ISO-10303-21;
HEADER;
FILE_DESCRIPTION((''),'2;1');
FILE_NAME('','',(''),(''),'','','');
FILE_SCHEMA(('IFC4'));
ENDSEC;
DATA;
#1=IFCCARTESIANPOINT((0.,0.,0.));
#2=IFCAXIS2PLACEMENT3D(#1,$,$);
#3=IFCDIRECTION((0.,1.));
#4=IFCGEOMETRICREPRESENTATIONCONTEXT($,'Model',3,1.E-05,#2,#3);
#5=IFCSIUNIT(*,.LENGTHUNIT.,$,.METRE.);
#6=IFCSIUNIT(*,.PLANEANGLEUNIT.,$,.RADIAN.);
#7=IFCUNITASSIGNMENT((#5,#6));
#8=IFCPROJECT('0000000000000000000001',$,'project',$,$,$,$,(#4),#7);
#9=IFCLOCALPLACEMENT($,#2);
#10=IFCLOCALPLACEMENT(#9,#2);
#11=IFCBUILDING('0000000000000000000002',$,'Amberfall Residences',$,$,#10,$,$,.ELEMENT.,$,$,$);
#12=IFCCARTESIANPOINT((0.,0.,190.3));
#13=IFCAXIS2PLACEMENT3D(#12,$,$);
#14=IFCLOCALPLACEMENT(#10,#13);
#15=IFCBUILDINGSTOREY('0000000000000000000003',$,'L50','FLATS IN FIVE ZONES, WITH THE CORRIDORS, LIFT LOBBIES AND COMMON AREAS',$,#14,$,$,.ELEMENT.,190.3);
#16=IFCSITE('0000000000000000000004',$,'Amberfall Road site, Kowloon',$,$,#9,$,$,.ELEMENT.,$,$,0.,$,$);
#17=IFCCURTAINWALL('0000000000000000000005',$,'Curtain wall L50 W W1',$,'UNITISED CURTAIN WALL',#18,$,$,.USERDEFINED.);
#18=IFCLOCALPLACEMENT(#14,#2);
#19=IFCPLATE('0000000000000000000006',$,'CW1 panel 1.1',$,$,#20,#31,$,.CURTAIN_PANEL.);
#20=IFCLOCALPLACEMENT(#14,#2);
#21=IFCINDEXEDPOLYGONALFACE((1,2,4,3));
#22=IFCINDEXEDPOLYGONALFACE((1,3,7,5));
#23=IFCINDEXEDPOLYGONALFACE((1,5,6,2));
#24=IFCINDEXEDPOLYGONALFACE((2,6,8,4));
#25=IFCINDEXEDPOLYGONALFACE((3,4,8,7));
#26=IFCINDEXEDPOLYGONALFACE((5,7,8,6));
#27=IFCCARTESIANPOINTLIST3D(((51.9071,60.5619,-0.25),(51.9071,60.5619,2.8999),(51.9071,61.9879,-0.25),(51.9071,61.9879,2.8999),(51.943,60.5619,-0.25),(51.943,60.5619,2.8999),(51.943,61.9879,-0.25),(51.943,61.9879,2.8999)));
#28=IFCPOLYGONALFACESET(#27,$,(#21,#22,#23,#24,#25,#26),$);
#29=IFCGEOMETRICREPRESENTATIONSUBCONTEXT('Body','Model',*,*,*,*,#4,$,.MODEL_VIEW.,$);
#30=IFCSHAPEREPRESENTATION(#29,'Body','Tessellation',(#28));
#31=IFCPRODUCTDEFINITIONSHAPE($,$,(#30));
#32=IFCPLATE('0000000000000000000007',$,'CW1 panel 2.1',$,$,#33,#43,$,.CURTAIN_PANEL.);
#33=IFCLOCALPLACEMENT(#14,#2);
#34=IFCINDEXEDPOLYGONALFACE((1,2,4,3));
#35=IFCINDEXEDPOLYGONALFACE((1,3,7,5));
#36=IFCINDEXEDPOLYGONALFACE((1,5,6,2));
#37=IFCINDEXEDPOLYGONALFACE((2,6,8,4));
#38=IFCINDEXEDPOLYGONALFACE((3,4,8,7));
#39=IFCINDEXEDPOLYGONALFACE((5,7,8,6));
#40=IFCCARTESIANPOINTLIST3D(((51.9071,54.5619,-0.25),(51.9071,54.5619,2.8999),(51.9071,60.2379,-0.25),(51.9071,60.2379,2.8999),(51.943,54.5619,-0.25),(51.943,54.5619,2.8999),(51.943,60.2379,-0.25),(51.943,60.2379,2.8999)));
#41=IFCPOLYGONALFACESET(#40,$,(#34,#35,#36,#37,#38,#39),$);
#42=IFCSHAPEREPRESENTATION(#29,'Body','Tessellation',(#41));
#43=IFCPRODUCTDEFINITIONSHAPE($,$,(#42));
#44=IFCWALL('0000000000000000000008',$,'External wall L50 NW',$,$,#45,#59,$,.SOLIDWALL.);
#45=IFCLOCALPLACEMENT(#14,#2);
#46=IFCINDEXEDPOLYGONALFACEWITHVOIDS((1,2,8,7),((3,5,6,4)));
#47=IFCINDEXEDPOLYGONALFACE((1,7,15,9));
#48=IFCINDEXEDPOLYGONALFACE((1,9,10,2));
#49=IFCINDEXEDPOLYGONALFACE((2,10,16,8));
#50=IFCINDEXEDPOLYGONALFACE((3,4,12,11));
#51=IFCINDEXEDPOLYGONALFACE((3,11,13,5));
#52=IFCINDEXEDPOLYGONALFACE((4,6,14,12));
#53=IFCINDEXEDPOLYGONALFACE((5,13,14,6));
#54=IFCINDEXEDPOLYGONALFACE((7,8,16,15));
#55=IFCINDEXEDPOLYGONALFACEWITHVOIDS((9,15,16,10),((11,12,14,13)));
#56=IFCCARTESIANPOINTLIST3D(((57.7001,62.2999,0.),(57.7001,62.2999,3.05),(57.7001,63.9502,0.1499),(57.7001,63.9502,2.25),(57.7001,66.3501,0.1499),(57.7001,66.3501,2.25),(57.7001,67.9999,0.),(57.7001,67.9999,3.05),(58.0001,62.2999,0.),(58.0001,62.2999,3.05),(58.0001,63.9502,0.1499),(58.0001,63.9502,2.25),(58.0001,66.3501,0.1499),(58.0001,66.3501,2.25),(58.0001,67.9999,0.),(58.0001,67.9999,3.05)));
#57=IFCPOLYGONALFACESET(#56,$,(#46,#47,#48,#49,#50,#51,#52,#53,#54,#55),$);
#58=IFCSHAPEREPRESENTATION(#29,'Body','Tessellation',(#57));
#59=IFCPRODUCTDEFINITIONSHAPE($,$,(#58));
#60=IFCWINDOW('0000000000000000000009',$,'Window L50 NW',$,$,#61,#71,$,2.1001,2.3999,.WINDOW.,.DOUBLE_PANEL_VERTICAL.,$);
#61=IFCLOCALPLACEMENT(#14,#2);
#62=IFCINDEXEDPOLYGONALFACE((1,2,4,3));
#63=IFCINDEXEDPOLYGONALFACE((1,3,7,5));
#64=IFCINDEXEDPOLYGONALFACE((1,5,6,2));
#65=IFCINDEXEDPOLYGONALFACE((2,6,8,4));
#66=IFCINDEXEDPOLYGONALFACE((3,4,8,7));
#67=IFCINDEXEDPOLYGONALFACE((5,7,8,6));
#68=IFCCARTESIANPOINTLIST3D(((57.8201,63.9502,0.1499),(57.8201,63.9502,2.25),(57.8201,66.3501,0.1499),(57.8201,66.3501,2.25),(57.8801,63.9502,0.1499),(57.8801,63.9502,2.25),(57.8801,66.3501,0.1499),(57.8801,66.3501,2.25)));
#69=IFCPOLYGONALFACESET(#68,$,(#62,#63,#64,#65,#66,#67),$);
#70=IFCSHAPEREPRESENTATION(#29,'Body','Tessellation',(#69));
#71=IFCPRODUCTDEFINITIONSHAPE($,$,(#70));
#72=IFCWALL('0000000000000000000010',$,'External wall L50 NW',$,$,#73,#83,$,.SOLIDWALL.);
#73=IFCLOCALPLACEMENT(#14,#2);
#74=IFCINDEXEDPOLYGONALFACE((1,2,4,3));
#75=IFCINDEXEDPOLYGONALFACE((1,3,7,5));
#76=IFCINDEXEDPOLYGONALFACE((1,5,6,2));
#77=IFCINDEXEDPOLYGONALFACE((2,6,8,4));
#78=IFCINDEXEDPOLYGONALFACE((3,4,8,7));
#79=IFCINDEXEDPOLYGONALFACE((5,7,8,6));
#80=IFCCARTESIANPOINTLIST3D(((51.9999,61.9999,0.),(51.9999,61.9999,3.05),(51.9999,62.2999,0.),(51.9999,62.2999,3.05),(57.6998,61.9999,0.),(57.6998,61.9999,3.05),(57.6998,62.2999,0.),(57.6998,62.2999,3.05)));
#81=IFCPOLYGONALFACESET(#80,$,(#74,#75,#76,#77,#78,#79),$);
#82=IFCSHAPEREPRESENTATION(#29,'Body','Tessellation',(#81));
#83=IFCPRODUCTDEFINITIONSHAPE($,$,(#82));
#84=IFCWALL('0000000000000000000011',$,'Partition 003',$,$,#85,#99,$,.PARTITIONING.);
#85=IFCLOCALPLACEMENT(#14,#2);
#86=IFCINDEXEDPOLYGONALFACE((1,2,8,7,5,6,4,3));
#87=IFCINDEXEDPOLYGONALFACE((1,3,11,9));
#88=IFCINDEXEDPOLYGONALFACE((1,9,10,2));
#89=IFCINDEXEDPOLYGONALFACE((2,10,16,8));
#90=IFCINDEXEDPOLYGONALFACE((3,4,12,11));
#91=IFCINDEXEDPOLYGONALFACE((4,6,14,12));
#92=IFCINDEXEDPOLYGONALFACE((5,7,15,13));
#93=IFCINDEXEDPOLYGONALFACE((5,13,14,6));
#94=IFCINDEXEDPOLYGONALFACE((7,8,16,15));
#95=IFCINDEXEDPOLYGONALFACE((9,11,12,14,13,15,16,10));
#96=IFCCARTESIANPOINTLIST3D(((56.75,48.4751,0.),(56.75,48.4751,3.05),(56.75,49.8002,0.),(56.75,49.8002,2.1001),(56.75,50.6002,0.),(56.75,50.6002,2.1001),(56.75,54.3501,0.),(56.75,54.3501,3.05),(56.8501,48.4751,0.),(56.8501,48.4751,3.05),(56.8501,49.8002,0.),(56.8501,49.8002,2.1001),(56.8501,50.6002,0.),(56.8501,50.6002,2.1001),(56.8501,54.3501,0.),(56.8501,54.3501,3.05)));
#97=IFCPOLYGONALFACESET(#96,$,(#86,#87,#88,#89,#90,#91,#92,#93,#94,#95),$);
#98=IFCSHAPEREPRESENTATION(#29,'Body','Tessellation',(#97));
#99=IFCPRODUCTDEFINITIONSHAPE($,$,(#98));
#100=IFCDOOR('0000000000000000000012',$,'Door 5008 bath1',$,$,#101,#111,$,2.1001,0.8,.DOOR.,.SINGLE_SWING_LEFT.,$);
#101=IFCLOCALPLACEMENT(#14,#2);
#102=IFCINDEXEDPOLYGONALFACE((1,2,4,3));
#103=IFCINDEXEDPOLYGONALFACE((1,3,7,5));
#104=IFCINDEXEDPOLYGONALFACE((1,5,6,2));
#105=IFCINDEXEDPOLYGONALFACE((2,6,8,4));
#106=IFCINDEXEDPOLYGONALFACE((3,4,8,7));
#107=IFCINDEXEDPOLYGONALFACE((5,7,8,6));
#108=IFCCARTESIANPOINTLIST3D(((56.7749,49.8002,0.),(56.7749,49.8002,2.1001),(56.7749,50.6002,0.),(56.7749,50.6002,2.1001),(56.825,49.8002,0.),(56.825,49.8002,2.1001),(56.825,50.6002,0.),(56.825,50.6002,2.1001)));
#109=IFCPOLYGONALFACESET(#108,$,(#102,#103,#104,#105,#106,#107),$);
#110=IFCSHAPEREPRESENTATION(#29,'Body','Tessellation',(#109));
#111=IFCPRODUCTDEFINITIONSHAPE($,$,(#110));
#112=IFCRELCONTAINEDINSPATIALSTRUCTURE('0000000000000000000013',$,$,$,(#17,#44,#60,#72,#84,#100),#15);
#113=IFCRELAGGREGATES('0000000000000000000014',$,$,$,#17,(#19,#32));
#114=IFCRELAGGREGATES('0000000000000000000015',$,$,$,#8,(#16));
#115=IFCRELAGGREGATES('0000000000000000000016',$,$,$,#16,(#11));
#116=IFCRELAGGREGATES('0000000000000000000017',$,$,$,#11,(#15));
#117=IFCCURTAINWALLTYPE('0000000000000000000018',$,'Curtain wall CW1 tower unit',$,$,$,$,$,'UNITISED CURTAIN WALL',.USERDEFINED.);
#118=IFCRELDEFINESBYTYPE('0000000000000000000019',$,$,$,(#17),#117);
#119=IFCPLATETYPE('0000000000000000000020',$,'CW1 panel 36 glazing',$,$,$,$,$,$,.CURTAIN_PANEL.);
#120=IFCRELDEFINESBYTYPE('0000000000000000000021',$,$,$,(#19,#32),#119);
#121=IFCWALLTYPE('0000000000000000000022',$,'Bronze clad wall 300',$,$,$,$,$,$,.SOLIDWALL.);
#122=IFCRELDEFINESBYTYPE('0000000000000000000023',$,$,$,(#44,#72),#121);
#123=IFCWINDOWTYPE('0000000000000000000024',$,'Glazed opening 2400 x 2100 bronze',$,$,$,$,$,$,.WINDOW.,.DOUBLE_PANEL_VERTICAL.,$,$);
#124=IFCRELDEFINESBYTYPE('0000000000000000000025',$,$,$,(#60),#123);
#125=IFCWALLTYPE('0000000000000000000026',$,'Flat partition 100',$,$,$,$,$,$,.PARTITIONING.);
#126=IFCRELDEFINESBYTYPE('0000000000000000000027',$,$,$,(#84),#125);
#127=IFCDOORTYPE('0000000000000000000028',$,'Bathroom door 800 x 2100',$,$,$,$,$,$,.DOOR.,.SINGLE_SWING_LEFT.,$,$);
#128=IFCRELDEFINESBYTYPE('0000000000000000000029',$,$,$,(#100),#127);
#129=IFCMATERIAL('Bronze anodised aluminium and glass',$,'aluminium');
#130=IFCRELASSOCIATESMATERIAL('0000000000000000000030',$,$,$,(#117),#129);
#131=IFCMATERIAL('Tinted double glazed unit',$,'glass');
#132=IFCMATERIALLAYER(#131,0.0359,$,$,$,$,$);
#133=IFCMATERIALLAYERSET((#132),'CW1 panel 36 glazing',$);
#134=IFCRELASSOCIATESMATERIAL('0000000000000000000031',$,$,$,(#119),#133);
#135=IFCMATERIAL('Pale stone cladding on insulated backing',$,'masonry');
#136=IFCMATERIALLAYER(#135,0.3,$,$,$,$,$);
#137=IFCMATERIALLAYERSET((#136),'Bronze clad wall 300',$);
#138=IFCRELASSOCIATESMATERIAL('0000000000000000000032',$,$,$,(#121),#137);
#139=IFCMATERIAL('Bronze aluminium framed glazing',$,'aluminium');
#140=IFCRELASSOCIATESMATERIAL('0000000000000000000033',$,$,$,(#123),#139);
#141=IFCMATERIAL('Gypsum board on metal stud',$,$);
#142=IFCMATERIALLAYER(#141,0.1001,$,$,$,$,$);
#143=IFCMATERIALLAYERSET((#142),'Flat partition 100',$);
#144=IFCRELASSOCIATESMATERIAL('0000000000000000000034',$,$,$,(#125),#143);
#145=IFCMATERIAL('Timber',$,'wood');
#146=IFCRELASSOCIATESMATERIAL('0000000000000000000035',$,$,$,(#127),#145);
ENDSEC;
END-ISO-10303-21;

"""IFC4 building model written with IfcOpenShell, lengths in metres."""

from ifc_helpers import new_model, si_unit, direction, frame, frame_2d, origin, origin_2d, place, context, subcontext, project, spatial, rectangle, extrude, material, layer, layer_set, type_object, element, fill, aggregate, save


model = new_model("IFC4")

# Units and contexts
model_context = context("Model", 3, precision=1e-05, world=origin(), true_north=direction((0.0, 1.0)))
body_context = subcontext(model_context, "Body", "Model", "MODEL_VIEW")
ifc_project = project(units=[si_unit("LENGTHUNIT", "METRE"), si_unit("PLANEANGLEUNIT", "RADIAN")], contexts=[model_context])

# Site, building, storey
site_placement = place(None, origin())
site = spatial("IfcSite", under=ifc_project, at=site_placement, Name="Amberfall Road site, Kowloon", CompositionType="ELEMENT", RefElevation=0.0)
building_placement = place(site_placement, origin())
building = spatial("IfcBuilding", under=site, at=building_placement, Name="Amberfall Residences", CompositionType="ELEMENT")
storey_placement = place(building_placement, frame((0.0, 0.0, 190.3)))
storey = spatial("IfcBuildingStorey", under=building, at=storey_placement, Name="L50", Description="FLATS IN FIVE ZONES, WITH THE CORRIDORS, LIFT LOBBIES AND COMMON AREAS", CompositionType="ELEMENT", Elevation=190.3)

# Curtain wall
ifc_material_1 = material(Name="Bronze anodised aluminium and glass", Category="aluminium")
curtain_wall_type = type_object("IfcCurtainWallType", Name="Curtain wall CW1 tower unit", ElementType="UNITISED CURTAIN WALL", PredefinedType="USERDEFINED", material=ifc_material_1)
curtain_wall_1_placement = place(storey_placement, origin())
curtain_wall_1 = element("IfcCurtainWall", 1, at=curtain_wall_1_placement, inside=storey, type_object=curtain_wall_type, Name="Curtain wall L50 W W1", ObjectType="UNITISED CURTAIN WALL", PredefinedType="USERDEFINED")

# Plates
ifc_material_2 = material(Name="Tinted double glazed unit", Category="glass")
ifc_layer_1 = layer(ifc_material_2, 0.0359)
ifc_layer_set_1 = layer_set([ifc_layer_1], Name="CW1 panel 36 glazing")
plate_type = type_object("IfcPlateType", Name="CW1 panel 36 glazing", PredefinedType="CURTAIN_PANEL", material=ifc_layer_set_1)
plate_1_placement = place(storey_placement, frame((51.925, 61.2749, -0.25), z_axis=(0.0, 0.0, 1.0), x_axis=(0.0, -1.0, 0.0)))
plate_1 = element("IfcPlate", 2, at=plate_1_placement, type_object=plate_type, Name="CW1 panel 1.1", PredefinedType="CURTAIN_PANEL", context=body_context, shape_type="SweptSolid", body=[
    extrude(rectangle(XDim=1.426, YDim=0.0359, at=origin_2d()), origin(), (0.0, 0.0, 1.0), 3.1499),
])
plate_2_placement = place(storey_placement, frame((51.925, 57.3999, -0.25), z_axis=(0.0, 0.0, 1.0), x_axis=(0.0, -1.0, 0.0)))
plate_2 = element("IfcPlate", 3, at=plate_2_placement, type_object=plate_type, Name="CW1 panel 2.1", PredefinedType="CURTAIN_PANEL", context=body_context, shape_type="SweptSolid", body=[
    extrude(rectangle(XDim=5.676, YDim=0.0359, at=origin_2d()), origin(), (0.0, 0.0, 1.0), 3.1499),
])
aggregate(curtain_wall_1, [plate_1, plate_2])

# Wall, opening, window
ifc_material_3 = material(Name="Pale stone cladding on insulated backing", Category="masonry")
ifc_layer_2 = layer(ifc_material_3, 0.3)
ifc_layer_set_2 = layer_set([ifc_layer_2], Name="Bronze clad wall 300")
wall_type_1 = type_object("IfcWallType", Name="Bronze clad wall 300", PredefinedType="SOLIDWALL", material=ifc_layer_set_2)
wall_1_placement = place(storey_placement, frame((57.8501, 68.0, 0.0), z_axis=(0.0, 0.0, 1.0), x_axis=(0.0, -1.0, 0.0)))
wall_1 = element("IfcWall", 4, at=wall_1_placement, inside=storey, type_object=wall_type_1, Name="External wall L50 NW", PredefinedType="SOLIDWALL", context=body_context, shape_type="SweptSolid", body=[
    extrude(rectangle(XDim=5.7, YDim=0.3, at=frame_2d((2.8501, 0.0))), origin(), (0.0, 0.0, 1.0), 3.05),
])
opening_1_placement = place(wall_1_placement, frame((1.6499, 0.0, 0.1499)))
opening_1 = element("IfcOpeningElement", 5, at=opening_1_placement, cuts=wall_1, PredefinedType="OPENING", context=body_context, shape_type="SweptSolid", body=[
    extrude(rectangle(XDim=2.3999, YDim=2.1001, at=frame_2d((1.2, 1.05))), frame((0.0, 0.1599, 0.0), z_axis=(0.0, -1.0, 0.0), x_axis=(1.0, 0.0, 0.0)), (0.0, 0.0, 1.0), 0.3201),
])
ifc_material_4 = material(Name="Bronze aluminium framed glazing", Category="aluminium")
window_type = type_object("IfcWindowType", Name="Glazed opening 2400 x 2100 bronze", PartitioningType="DOUBLE_PANEL_VERTICAL", PredefinedType="WINDOW", material=ifc_material_4)
window_placement = place(opening_1_placement, origin())
window = element("IfcWindow", 6, at=window_placement, inside=storey, type_object=window_type, Name="Window L50 NW", OverallHeight=2.1001, OverallWidth=2.3999, PartitioningType="DOUBLE_PANEL_VERTICAL", PredefinedType="WINDOW", context=body_context, shape_type="SweptSolid", body=[
    extrude(rectangle(XDim=2.3999, YDim=2.1001, at=frame_2d((1.2, 1.05))), frame((0.0, 0.03, 0.0), z_axis=(0.0, -1.0, 0.0), x_axis=(1.0, 0.0, 0.0)), (0.0, 0.0, 1.0), 0.0601),
])
fill(opening_1, window)

# Wall
wall_2_placement = place(storey_placement, frame((57.7, 62.1499, 0.0), z_axis=(0.0, 0.0, 1.0), x_axis=(-1.0, 0.0, 0.0)))
element("IfcWall", 7, at=wall_2_placement, inside=storey, type_object=wall_type_1, Name="External wall L50 NW", PredefinedType="SOLIDWALL", context=body_context, shape_type="SweptSolid", body=[
    extrude(rectangle(XDim=5.7, YDim=0.3, at=frame_2d((2.8501, 0.0))), origin(), (0.0, 0.0, 1.0), 3.05),
])

# Wall, opening, door
ifc_material_5 = material(Name="Gypsum board on metal stud")
ifc_layer_3 = layer(ifc_material_5, 0.1001)
ifc_layer_set_3 = layer_set([ifc_layer_3], Name="Flat partition 100")
wall_type_2 = type_object("IfcWallType", Name="Flat partition 100", PredefinedType="PARTITIONING", material=ifc_layer_set_3)
wall_3_placement = place(storey_placement, frame((56.8, 54.3501, 0.0), z_axis=(0.0, 0.0, 1.0), x_axis=(0.0, -1.0, 0.0)))
wall_3 = element("IfcWall", 8, at=wall_3_placement, inside=storey, type_object=wall_type_2, Name="Partition 003", PredefinedType="PARTITIONING", context=body_context, shape_type="SweptSolid", body=[
    extrude(rectangle(XDim=5.875, YDim=0.1001, at=frame_2d((2.9375, 0.0))), origin(), (0.0, 0.0, 1.0), 3.05),
])
opening_2_placement = place(wall_3_placement, frame((3.75, 0.0, 0.0)))
opening_2 = element("IfcOpeningElement", 9, at=opening_2_placement, cuts=wall_3, PredefinedType="OPENING", context=body_context, shape_type="SweptSolid", body=[
    extrude(rectangle(XDim=0.8, YDim=2.1001, at=frame_2d((0.3999, 1.05))), frame((0.0, 0.0601, 0.0), z_axis=(0.0, -1.0, 0.0), x_axis=(1.0, 0.0, 0.0)), (0.0, 0.0, 1.0), 0.1201),
])
ifc_material_6 = material(Name="Timber", Category="wood")
door_type = type_object("IfcDoorType", Name="Bathroom door 800 x 2100", OperationType="SINGLE_SWING_LEFT", PredefinedType="DOOR", material=ifc_material_6)
door_placement = place(opening_2_placement, origin())
door = element("IfcDoor", 10, at=door_placement, inside=storey, type_object=door_type, Name="Door 5008 bath1", OperationType="SINGLE_SWING_LEFT", OverallHeight=2.1001, OverallWidth=0.8, PredefinedType="DOOR", context=body_context, shape_type="SweptSolid", body=[
    extrude(rectangle(XDim=0.8, YDim=2.1001, at=frame_2d((0.3999, 1.05))), frame((0.0, 0.0249, 0.0), z_axis=(0.0, -1.0, 0.0), x_axis=(1.0, 0.0, 0.0)), (0.0, 0.0, 1.0), 0.05),
])
fill(opening_2, door)

save(model, "model.ifc")
